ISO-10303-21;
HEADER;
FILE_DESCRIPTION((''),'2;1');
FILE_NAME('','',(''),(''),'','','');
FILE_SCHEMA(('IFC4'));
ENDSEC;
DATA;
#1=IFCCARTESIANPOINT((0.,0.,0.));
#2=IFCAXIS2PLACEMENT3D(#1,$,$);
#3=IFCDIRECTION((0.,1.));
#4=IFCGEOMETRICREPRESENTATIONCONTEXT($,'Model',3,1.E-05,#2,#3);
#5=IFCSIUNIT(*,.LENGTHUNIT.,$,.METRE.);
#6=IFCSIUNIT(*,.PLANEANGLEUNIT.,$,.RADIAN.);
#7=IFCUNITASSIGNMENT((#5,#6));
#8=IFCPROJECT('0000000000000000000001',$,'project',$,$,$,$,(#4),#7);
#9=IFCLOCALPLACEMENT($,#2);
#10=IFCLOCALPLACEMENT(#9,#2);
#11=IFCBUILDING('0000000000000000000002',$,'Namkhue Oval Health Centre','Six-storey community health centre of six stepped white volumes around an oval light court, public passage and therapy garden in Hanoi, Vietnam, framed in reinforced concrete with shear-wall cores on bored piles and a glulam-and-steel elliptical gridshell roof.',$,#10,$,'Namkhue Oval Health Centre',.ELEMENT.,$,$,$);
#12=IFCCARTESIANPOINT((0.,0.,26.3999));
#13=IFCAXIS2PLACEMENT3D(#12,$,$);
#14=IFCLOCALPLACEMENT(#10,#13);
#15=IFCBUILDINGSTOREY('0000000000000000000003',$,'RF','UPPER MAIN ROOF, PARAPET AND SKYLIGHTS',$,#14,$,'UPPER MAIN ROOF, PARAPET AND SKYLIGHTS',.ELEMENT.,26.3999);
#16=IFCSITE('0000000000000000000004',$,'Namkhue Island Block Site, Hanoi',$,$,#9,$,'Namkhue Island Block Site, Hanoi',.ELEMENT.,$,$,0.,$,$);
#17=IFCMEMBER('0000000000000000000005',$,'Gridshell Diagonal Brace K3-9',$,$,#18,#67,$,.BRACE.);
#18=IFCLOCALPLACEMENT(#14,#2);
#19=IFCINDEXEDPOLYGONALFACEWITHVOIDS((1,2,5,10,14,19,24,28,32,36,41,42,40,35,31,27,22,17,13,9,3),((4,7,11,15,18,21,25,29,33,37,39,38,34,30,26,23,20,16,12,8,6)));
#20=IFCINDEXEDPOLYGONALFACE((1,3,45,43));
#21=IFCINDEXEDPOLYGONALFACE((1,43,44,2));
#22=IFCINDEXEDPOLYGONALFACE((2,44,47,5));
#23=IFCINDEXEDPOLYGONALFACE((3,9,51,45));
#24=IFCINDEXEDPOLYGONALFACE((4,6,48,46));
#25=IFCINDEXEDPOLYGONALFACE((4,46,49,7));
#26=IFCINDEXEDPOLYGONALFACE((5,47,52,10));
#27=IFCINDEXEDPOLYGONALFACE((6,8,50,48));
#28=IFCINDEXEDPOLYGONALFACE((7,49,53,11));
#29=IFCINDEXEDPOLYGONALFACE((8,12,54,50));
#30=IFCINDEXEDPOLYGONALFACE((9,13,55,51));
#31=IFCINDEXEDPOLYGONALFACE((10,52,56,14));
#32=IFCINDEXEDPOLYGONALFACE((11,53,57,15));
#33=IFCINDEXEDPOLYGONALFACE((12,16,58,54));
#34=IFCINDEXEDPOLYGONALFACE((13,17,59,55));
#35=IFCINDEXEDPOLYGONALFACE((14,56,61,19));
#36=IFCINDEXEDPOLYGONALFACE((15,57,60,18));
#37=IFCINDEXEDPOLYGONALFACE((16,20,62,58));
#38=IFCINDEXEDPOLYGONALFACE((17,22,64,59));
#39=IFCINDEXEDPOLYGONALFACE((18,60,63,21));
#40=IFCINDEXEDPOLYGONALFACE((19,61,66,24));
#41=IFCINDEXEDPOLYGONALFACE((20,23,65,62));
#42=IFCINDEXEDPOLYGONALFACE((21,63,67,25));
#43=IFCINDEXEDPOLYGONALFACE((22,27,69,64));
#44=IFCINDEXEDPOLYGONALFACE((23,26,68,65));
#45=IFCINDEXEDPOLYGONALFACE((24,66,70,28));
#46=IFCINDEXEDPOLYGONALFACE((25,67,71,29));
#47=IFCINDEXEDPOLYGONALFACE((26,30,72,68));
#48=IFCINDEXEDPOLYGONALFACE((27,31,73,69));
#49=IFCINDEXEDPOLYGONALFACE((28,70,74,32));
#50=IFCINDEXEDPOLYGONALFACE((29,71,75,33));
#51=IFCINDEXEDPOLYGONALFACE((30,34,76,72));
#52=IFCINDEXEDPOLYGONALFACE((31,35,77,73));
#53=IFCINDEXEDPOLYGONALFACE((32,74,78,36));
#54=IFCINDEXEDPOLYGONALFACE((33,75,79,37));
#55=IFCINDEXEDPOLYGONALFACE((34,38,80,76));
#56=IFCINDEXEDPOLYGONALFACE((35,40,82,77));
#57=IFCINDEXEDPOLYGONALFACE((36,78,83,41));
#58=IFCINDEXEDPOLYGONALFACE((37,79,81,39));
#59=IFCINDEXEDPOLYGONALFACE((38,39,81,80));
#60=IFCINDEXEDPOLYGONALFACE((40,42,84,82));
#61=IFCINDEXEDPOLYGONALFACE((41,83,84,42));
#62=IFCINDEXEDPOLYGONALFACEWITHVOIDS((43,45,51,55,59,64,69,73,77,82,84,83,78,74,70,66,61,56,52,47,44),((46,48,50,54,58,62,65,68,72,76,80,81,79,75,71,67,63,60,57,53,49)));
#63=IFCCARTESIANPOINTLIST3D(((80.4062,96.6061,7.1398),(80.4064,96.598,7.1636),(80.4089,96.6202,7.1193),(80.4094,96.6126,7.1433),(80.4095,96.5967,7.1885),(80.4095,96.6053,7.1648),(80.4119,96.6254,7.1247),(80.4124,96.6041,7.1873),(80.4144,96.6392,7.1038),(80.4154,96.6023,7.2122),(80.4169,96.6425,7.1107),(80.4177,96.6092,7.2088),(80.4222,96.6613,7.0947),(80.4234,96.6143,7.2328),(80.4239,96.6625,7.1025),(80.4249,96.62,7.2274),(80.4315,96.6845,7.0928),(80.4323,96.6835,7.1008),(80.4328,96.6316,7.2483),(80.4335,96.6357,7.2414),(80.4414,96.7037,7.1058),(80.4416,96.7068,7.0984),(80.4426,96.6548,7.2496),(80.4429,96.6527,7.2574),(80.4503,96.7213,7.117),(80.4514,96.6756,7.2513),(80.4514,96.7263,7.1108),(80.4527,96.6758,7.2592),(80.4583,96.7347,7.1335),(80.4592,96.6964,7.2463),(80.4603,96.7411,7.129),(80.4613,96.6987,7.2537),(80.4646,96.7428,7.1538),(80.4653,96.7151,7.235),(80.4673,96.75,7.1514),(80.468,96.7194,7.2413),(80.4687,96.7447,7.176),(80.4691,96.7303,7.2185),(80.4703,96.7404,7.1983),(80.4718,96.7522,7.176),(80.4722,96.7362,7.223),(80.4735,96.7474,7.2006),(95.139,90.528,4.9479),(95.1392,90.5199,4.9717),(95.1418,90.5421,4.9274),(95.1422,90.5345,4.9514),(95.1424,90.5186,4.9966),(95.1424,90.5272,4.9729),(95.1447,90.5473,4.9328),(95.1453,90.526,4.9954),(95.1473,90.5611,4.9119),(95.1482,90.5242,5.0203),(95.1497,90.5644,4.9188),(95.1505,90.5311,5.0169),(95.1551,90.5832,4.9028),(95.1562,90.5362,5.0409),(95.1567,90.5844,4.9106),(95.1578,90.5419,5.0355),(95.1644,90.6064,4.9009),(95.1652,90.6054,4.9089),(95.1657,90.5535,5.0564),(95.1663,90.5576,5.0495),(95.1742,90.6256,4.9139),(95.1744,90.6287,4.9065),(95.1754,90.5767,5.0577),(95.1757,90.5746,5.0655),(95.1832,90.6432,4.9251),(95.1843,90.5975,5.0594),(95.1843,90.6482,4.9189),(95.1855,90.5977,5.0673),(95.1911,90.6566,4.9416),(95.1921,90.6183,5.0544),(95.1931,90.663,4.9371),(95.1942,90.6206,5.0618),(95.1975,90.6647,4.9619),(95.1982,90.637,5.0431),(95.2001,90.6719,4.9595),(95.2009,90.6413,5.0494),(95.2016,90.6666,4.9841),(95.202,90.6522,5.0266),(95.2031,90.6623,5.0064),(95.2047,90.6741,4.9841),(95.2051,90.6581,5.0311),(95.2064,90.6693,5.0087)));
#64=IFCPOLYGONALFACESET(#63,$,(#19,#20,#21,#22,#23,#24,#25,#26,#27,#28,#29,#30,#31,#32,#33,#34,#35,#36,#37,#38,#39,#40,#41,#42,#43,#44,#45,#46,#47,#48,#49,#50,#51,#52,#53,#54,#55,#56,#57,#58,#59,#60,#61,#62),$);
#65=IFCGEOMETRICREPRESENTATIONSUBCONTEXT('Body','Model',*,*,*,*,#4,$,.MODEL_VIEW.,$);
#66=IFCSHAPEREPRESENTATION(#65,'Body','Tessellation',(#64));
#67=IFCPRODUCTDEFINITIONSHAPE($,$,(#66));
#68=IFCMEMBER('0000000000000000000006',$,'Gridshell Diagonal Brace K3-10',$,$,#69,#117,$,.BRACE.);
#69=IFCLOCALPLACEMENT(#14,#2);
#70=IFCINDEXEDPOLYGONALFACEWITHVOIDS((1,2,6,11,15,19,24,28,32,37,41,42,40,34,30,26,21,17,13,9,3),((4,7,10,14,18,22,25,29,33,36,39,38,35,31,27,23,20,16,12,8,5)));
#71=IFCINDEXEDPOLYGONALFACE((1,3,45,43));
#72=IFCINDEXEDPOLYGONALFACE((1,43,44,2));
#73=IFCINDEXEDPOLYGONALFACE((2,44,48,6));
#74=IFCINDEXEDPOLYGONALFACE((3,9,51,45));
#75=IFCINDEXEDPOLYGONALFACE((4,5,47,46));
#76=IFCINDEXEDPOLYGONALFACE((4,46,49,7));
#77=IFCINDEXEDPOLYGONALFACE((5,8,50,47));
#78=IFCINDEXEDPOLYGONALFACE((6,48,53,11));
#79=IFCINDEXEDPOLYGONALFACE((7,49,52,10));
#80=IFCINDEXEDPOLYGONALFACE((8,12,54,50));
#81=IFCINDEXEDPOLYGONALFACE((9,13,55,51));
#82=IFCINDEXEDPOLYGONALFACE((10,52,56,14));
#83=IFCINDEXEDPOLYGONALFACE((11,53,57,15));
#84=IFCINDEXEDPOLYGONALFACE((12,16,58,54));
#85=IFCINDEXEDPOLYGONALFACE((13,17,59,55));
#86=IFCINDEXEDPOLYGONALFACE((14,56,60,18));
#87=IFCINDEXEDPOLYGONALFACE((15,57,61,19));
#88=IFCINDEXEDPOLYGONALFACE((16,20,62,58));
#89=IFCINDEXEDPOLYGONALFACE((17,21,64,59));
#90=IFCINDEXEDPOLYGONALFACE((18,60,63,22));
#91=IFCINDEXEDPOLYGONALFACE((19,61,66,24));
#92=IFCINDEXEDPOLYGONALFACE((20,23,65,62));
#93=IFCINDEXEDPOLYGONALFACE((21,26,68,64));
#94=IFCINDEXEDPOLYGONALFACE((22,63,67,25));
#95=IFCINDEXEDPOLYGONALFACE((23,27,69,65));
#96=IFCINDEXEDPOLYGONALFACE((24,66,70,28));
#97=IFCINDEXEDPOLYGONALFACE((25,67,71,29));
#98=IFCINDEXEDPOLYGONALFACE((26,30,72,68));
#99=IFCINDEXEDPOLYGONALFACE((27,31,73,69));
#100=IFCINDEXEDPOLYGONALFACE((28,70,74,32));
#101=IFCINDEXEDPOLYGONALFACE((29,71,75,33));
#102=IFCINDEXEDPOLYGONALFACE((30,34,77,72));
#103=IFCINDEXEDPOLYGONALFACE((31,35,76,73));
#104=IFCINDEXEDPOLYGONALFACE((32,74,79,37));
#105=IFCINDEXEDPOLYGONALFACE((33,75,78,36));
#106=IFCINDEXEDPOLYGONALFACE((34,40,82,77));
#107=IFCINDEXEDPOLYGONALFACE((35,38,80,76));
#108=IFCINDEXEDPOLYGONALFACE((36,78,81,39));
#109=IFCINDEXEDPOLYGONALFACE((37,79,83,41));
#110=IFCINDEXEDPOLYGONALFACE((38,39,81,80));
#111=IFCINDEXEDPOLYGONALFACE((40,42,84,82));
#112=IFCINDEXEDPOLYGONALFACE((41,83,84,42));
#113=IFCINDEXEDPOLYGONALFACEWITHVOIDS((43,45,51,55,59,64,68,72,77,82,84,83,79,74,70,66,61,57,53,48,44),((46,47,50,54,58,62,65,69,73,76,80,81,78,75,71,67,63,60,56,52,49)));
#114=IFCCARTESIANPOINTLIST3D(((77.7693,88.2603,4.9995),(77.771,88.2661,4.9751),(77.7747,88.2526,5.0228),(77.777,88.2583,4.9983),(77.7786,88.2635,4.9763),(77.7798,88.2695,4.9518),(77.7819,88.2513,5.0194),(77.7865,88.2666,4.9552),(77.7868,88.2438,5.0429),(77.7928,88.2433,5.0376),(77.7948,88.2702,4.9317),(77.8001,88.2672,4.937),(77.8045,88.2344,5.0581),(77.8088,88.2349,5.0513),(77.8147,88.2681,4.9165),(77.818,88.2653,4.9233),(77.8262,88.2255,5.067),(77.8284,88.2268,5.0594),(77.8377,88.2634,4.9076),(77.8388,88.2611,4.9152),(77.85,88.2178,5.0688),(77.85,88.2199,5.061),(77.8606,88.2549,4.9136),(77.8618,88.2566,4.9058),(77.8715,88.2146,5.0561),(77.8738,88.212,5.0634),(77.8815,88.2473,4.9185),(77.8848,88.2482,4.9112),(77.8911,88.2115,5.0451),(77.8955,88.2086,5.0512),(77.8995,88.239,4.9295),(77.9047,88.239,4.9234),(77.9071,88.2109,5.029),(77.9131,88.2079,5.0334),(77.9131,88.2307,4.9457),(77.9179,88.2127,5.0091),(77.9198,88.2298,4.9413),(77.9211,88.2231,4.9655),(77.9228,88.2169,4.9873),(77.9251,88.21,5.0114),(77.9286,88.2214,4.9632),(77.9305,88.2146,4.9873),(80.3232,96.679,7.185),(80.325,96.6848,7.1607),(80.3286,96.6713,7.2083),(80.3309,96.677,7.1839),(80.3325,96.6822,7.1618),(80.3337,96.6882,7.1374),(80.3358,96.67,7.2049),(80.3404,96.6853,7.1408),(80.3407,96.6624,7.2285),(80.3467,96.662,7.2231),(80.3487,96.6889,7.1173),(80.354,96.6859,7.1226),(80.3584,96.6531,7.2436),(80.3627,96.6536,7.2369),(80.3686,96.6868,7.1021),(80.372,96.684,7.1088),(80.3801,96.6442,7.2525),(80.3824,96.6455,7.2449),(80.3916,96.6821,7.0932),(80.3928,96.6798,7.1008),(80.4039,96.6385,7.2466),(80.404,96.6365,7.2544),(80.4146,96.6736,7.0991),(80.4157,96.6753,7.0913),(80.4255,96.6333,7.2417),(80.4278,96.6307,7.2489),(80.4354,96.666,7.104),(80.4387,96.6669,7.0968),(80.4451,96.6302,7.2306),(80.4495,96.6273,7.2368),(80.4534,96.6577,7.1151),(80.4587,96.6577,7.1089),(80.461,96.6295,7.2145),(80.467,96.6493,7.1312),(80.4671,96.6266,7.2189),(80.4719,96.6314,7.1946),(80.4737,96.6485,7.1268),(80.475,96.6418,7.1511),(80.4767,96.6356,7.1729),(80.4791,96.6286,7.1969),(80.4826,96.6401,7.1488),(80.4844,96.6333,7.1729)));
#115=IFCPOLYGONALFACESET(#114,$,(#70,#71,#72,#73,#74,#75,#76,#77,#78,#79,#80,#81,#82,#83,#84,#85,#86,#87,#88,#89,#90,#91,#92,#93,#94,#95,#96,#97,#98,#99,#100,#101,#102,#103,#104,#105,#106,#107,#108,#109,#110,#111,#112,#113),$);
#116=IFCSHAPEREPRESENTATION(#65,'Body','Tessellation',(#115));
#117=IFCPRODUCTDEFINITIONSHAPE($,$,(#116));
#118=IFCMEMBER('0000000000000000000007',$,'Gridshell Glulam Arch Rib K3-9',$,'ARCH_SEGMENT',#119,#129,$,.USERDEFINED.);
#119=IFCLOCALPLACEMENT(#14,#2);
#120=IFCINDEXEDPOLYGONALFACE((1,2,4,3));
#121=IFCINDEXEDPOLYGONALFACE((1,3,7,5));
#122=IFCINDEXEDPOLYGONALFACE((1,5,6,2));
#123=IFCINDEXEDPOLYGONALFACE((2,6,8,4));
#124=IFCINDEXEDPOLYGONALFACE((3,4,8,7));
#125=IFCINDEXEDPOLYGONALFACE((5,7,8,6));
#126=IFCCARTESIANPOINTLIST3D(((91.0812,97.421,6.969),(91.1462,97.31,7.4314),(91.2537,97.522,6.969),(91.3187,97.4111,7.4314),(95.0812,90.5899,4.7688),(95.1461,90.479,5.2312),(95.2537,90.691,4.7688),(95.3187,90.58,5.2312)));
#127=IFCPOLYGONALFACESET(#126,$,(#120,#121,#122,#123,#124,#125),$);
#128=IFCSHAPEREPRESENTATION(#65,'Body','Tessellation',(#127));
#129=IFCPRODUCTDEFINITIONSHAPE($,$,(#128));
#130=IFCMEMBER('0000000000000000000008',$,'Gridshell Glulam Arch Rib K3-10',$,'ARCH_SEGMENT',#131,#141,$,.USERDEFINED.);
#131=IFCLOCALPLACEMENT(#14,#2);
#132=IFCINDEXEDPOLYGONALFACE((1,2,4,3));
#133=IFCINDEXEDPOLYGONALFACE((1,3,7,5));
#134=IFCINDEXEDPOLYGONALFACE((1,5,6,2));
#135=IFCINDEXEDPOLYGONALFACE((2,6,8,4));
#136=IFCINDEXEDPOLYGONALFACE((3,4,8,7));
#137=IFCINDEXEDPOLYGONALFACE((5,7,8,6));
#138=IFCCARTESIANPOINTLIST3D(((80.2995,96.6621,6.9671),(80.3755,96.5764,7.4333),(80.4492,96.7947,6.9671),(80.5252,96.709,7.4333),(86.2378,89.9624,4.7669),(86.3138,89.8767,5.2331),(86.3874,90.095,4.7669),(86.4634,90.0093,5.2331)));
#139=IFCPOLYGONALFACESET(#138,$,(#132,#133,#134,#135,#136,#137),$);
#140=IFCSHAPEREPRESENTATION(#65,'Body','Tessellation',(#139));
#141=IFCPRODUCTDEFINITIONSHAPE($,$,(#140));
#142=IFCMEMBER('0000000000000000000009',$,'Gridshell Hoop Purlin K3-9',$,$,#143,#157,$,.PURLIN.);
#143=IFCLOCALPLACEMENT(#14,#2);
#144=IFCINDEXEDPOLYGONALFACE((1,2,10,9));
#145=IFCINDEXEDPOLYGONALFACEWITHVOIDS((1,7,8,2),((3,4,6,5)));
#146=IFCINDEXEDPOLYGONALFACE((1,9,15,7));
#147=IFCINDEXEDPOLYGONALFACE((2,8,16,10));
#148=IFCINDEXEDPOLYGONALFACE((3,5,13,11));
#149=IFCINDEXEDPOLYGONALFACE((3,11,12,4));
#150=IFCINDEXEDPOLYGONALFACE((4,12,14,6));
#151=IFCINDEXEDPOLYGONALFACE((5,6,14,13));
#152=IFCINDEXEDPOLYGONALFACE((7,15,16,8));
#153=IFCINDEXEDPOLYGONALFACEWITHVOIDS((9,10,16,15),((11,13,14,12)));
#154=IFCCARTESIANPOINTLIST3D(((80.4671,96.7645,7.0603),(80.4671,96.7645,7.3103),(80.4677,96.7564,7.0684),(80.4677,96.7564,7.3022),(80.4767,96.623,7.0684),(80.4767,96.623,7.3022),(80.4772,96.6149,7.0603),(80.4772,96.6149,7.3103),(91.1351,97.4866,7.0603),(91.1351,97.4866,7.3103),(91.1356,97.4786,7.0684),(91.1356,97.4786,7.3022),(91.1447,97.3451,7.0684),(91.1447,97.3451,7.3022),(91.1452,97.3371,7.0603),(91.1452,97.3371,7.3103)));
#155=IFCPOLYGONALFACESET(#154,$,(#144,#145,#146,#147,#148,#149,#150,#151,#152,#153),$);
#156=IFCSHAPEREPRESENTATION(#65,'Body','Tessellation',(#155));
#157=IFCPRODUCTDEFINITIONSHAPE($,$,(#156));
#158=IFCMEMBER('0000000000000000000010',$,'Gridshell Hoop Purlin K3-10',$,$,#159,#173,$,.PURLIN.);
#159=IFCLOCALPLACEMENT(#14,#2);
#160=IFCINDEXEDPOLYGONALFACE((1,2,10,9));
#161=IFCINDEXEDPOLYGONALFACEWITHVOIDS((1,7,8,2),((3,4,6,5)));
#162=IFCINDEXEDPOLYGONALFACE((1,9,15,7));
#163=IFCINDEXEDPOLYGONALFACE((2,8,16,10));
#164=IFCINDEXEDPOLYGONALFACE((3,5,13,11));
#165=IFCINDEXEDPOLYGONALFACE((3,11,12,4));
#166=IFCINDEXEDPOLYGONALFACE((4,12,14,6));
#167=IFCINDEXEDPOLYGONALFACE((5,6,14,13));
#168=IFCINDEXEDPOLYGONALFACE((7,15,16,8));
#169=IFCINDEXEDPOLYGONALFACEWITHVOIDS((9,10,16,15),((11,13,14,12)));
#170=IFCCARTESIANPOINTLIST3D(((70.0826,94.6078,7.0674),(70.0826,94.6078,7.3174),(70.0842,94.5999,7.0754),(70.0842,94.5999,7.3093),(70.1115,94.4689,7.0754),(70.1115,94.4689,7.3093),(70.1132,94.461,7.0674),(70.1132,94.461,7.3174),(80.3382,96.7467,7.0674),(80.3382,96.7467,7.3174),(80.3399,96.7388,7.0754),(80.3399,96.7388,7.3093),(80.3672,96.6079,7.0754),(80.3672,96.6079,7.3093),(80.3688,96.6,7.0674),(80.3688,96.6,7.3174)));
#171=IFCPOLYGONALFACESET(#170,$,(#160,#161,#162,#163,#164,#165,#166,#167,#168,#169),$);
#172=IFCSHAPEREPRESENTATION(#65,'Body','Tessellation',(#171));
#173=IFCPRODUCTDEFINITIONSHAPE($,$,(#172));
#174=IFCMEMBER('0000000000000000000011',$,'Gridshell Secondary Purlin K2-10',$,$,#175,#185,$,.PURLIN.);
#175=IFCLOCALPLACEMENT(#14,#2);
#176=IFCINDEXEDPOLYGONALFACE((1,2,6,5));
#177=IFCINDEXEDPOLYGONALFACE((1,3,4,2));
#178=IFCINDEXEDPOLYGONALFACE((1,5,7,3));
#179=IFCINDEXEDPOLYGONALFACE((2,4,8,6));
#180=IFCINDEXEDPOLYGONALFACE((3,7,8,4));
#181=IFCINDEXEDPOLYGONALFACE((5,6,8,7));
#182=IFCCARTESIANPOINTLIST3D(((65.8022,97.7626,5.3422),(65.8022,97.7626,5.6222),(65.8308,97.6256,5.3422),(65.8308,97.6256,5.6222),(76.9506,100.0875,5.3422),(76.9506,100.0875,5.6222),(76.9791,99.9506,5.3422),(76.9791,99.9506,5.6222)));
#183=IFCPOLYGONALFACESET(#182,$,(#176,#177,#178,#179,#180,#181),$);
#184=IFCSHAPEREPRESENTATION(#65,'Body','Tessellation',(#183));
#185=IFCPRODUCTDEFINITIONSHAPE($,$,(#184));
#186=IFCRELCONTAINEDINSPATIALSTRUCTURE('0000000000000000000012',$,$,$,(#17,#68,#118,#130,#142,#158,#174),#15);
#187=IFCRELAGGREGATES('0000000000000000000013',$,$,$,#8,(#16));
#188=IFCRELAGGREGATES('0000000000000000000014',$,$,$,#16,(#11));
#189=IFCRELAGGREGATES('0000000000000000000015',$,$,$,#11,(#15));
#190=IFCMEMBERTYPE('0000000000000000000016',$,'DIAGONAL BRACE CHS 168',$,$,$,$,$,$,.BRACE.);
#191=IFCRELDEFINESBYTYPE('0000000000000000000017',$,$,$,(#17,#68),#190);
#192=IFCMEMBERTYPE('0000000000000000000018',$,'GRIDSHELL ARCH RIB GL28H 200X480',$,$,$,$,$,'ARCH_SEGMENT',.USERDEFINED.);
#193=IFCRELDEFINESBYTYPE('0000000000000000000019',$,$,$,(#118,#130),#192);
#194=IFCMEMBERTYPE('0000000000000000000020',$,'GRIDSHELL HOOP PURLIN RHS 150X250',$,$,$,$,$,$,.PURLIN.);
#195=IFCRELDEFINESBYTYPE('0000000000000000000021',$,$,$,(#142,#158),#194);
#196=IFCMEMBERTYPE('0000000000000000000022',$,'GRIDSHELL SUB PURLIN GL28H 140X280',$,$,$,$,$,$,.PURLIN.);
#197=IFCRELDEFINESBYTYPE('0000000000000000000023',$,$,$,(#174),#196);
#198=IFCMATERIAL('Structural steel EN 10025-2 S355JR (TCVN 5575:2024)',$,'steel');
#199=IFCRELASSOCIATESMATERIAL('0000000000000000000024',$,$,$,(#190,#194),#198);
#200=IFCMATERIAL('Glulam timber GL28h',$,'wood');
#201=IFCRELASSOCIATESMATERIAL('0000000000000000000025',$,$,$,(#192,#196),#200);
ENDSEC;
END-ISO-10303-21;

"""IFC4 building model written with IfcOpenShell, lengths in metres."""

from ifc_helpers import new_model, si_unit, direction, frame, origin, origin_2d, place, context, subcontext, project, spatial, rectangle, hollow_rectangle, hollow_circle, extrude, material, material_profile, profile_set, type_object, element, save


model = new_model("IFC4")

# Units and contexts
model_context = context("Model", 3, precision=1e-05, world=origin(), true_north=direction((0.0, 1.0)))
body_context = subcontext(model_context, "Body", "Model", "MODEL_VIEW")
ifc_project = project(units=[si_unit("LENGTHUNIT", "METRE"), si_unit("PLANEANGLEUNIT", "RADIAN")], contexts=[model_context])

# Site, building, storey
site_placement = place(None, origin())
site = spatial("IfcSite", under=ifc_project, at=site_placement, Name="Namkhue Island Block Site, Hanoi", LongName="Namkhue Island Block Site, Hanoi", CompositionType="ELEMENT", RefElevation=0.0)
building_placement = place(site_placement, origin())
building = spatial("IfcBuilding", under=site, at=building_placement, Name="Namkhue Oval Health Centre", Description="Six-storey community health centre of six stepped white volumes around an oval light court, public passage and therapy garden in Hanoi, Vietnam, framed in reinforced concrete with shear-wall cores on bored piles and a glulam-and-steel elliptical gridshell roof.", LongName="Namkhue Oval Health Centre", CompositionType="ELEMENT")
storey_placement = place(building_placement, frame((0.0, 0.0, 26.3999)))
storey = spatial("IfcBuildingStorey", under=building, at=storey_placement, Name="RF", Description="UPPER MAIN ROOF, PARAPET AND SKYLIGHTS", LongName="UPPER MAIN ROOF, PARAPET AND SKYLIGHTS", CompositionType="ELEMENT", Elevation=26.3999)

# Members
ifc_material_1 = material(Name="Structural steel EN 10025-2 S355JR (TCVN 5575:2024)", Category="steel")
ifc_material_profile_1 = material_profile(ifc_material_1, hollow_circle(Radius=0.0842, WallThickness=0.0081, at=origin_2d()), Name="CHS 168.3x8")
ifc_profile_set_1 = profile_set([ifc_material_profile_1], Name="Structural steel EN 10025-2 S355JR (TCVN 5575:2024)")
member_type_1 = type_object("IfcMemberType", Name="DIAGONAL BRACE CHS 168", PredefinedType="BRACE", material=ifc_profile_set_1)
member_1_placement = place(storey_placement, frame((80.4397, 96.6743, 7.176), z_axis=(0.9158, -0.377817, -0.136249), x_axis=(0.381374, 0.924421, 0.0)))
element("IfcMember", 1, at=member_1_placement, inside=storey, type_object=member_type_1, Name="Gridshell Diagonal Brace K3-9", PredefinedType="BRACE", context=body_context, shape_type="SweptSolid", body=[
    extrude(hollow_circle(Radius=0.0842, WallThickness=0.0081, at=origin_2d()), origin(), (0.0, 0.0, 1.0), 16.0874),
])
member_2_placement = place(storey_placement, frame((80.4038, 96.6577, 7.1729), z_axis=(-0.281739, -0.928706, -0.241098), x_axis=(0.956935, -0.290302, 0.0)))
element("IfcMember", 2, at=member_2_placement, inside=storey, type_object=member_type_1, Name="Gridshell Diagonal Brace K3-10", PredefinedType="BRACE", context=body_context, shape_type="SweptSolid", body=[
    extrude(hollow_circle(Radius=0.0842, WallThickness=0.0081, at=origin_2d()), origin(), (0.0, 0.0, 1.0), 9.0649),
])
ifc_material_2 = material(Name="Glulam timber GL28h", Category="wood")
ifc_material_profile_2 = material_profile(ifc_material_2, rectangle(XDim=0.2, YDim=0.48, at=origin_2d()), Name="GL28h 200x480")
ifc_profile_set_2 = profile_set([ifc_material_profile_2], Name="Glulam timber GL28h")
member_type_2 = type_object("IfcMemberType", Name="GRIDSHELL ARCH RIB GL28H 200X480", ElementType="ARCH_SEGMENT", PredefinedType="USERDEFINED", material=ifc_profile_set_2)
member_3_placement = place(storey_placement, frame((91.2, 97.416, 7.2002), z_axis=(0.486849, -0.831424, -0.267791), x_axis=(0.862941, 0.505305, 0.0)))
element("IfcMember", 3, at=member_3_placement, inside=storey, type_object=member_type_2, Name="Gridshell Glulam Arch Rib K3-9", ObjectType="ARCH_SEGMENT", PredefinedType="USERDEFINED", context=body_context, shape_type="SweptSolid", body=[
    extrude(rectangle(XDim=0.2, YDim=0.48, at=origin_2d()), origin(), (0.0, 0.0, 1.0), 8.2161),
])
member_4_placement = place(storey_placement, frame((80.4124, 96.6855, 7.2002), z_axis=(0.644131, -0.72673, -0.238659), x_axis=(0.748355, 0.663298, 0.0)))
element("IfcMember", 4, at=member_4_placement, inside=storey, type_object=member_type_2, Name="Gridshell Glulam Arch Rib K3-10", ObjectType="ARCH_SEGMENT", PredefinedType="USERDEFINED", context=body_context, shape_type="SweptSolid", body=[
    extrude(rectangle(XDim=0.2, YDim=0.48, at=origin_2d()), origin(), (0.0, 0.0, 1.0), 9.219),
])
ifc_material_profile_3 = material_profile(ifc_material_1, hollow_rectangle(XDim=0.1499, YDim=0.25, WallThickness=0.0081, at=origin_2d()), Name="RHS 150x250x8")
ifc_profile_set_3 = profile_set([ifc_material_profile_3], Name="Structural steel EN 10025-2 S355JR (TCVN 5575:2024)")
member_type_3 = type_object("IfcMemberType", Name="GRIDSHELL HOOP PURLIN RHS 150X250", PredefinedType="PURLIN", material=ifc_profile_set_3)
member_5_placement = place(storey_placement, frame((91.1401, 97.4119, 7.1853), z_axis=(-0.997717, -0.06754, 0.0), x_axis=(0.06754, -0.997717, 0.0)))
element("IfcMember", 5, at=member_5_placement, inside=storey, type_object=member_type_3, Name="Gridshell Hoop Purlin K3-9", PredefinedType="PURLIN", context=body_context, shape_type="SweptSolid", body=[
    extrude(hollow_rectangle(XDim=0.1499, YDim=0.25, WallThickness=0.0081, at=origin_2d()), origin(), (0.0, 0.0, 1.0), 10.6924),
])
member_6_placement = place(storey_placement, frame((80.3535, 96.6733, 7.1924), z_axis=(-0.978936, -0.204167, 0.0), x_axis=(0.204167, -0.978936, 0.0)))
element("IfcMember", 6, at=member_6_placement, inside=storey, type_object=member_type_3, Name="Gridshell Hoop Purlin K3-10", PredefinedType="PURLIN", context=body_context, shape_type="SweptSolid", body=[
    extrude(hollow_rectangle(XDim=0.1499, YDim=0.25, WallThickness=0.0081, at=origin_2d()), origin(), (0.0, 0.0, 1.0), 10.4763),
])
ifc_material_profile_4 = material_profile(ifc_material_2, rectangle(XDim=0.1399, YDim=0.28, at=origin_2d()), Name="GL28h 140x280")
ifc_profile_set_4 = profile_set([ifc_material_profile_4], Name="Glulam timber GL28h")
member_type_4 = type_object("IfcMemberType", Name="GRIDSHELL SUB PURLIN GL28H 140X280", PredefinedType="PURLIN", material=ifc_profile_set_4)
member_7_placement = place(storey_placement, frame((76.9648, 100.019, 5.4822), z_axis=(-0.978939, -0.204153, 0.0), x_axis=(0.204153, -0.978939, 0.0)))
element("IfcMember", 7, at=member_7_placement, inside=storey, type_object=member_type_4, Name="Gridshell Secondary Purlin K2-10", PredefinedType="PURLIN", context=body_context, shape_type="SweptSolid", body=[
    extrude(rectangle(XDim=0.1399, YDim=0.28, at=origin_2d()), origin(), (0.0, 0.0, 1.0), 11.3882),
])

save(model, "model.ifc")
